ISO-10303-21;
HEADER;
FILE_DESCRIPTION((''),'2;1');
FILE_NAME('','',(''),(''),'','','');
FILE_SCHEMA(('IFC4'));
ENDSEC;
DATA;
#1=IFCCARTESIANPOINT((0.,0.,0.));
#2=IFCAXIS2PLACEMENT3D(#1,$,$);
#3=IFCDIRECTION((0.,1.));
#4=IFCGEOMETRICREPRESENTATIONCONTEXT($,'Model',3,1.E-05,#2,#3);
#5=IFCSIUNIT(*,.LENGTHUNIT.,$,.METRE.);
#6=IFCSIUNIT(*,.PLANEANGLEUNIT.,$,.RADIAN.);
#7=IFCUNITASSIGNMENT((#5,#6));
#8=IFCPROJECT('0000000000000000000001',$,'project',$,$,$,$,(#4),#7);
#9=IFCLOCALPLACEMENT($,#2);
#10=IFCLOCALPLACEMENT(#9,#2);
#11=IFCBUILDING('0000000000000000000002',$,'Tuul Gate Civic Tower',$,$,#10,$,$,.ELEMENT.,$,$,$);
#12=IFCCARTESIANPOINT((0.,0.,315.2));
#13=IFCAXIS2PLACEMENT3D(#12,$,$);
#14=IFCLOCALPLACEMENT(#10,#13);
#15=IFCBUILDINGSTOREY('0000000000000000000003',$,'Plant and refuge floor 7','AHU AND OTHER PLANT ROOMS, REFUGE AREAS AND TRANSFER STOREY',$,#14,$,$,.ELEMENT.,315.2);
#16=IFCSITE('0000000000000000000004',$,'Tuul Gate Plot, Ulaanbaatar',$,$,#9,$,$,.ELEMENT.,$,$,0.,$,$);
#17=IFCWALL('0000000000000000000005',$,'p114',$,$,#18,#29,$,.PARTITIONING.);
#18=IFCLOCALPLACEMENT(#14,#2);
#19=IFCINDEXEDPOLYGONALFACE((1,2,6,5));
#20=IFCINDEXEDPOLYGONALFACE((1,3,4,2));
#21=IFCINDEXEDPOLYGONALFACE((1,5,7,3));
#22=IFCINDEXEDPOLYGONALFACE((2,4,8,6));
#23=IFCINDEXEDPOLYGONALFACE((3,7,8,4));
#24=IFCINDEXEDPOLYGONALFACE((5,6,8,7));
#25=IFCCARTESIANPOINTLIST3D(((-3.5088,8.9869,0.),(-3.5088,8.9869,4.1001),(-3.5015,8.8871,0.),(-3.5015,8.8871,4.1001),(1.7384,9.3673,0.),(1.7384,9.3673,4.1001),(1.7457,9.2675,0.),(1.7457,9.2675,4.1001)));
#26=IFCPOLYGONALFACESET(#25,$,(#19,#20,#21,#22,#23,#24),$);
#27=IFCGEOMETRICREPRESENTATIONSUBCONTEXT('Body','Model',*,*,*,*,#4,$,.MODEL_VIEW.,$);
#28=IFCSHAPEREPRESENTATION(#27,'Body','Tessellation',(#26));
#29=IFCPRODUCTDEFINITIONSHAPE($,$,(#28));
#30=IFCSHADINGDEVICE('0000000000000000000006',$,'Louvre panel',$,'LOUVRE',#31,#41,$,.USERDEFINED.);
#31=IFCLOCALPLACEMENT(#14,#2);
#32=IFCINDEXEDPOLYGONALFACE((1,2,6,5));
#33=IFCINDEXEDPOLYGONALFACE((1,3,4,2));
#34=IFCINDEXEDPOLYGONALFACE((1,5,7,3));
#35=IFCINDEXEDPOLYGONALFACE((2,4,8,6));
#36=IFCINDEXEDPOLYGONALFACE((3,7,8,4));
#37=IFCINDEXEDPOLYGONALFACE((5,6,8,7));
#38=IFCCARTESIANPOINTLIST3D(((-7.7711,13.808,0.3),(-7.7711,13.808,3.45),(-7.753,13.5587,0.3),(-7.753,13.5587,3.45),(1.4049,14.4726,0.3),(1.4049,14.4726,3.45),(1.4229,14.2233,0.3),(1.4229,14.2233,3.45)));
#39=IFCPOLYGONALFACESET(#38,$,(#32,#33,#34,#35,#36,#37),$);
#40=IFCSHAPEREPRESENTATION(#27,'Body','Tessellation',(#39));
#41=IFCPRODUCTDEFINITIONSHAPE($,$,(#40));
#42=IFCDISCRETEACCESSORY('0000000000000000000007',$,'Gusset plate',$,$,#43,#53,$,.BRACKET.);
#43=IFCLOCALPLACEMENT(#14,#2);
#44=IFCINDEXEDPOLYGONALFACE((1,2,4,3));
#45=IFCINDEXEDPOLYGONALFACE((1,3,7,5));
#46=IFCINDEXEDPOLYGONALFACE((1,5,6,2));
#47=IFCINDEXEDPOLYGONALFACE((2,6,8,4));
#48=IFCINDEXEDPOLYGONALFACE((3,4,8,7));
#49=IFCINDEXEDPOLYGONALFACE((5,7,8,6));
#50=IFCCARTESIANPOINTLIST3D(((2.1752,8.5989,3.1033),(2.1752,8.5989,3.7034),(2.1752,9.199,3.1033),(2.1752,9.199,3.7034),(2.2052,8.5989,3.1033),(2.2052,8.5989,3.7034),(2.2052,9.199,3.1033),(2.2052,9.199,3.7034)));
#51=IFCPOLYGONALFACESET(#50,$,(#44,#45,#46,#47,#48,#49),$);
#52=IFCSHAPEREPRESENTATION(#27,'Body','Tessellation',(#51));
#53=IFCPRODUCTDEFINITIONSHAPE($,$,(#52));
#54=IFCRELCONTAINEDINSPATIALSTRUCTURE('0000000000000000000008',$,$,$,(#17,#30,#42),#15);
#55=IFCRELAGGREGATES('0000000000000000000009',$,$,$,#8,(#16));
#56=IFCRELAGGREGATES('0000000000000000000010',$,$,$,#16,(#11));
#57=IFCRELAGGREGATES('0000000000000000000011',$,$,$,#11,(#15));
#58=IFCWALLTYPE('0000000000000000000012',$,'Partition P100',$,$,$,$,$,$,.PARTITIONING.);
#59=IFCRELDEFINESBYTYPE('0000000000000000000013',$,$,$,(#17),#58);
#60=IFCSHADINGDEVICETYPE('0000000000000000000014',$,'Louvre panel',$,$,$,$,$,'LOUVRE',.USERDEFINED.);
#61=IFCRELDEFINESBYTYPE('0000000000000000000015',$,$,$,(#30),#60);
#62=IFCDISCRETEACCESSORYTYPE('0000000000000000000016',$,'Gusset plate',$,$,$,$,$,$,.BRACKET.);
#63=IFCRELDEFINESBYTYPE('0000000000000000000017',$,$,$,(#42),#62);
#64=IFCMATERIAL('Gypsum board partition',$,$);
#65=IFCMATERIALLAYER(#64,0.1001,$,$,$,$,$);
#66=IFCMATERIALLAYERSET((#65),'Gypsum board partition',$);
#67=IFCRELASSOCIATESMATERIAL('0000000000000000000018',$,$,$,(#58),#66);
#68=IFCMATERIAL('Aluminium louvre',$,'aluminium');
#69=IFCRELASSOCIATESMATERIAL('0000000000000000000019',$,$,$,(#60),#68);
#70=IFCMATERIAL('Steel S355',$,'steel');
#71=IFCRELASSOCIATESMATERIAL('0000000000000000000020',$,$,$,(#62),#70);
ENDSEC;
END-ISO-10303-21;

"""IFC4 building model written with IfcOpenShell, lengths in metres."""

from ifc_helpers import new_model, si_unit, direction, frame, frame_2d, origin, origin_2d, place, context, subcontext, project, spatial, rectangle, extrude, material, layer, layer_set, type_object, element, save


model = new_model("IFC4")

# Units and contexts
model_context = context("Model", 3, precision=1e-05, world=origin(), true_north=direction((0.0, 1.0)))
body_context = subcontext(model_context, "Body", "Model", "MODEL_VIEW")
ifc_project = project(units=[si_unit("LENGTHUNIT", "METRE"), si_unit("PLANEANGLEUNIT", "RADIAN")], contexts=[model_context])

# Site, building, storey
site_placement = place(None, origin())
site = spatial("IfcSite", under=ifc_project, at=site_placement, Name="Tuul Gate Plot, Ulaanbaatar", CompositionType="ELEMENT", RefElevation=0.0)
building_placement = place(site_placement, origin())
building = spatial("IfcBuilding", under=site, at=building_placement, Name="Tuul Gate Civic Tower", CompositionType="ELEMENT")
storey_placement = place(building_placement, frame((0.0, 0.0, 315.2)))
storey = spatial("IfcBuildingStorey", under=building, at=storey_placement, Name="Plant and refuge floor 7", Description="AHU AND OTHER PLANT ROOMS, REFUGE AREAS AND TRANSFER STOREY", CompositionType="ELEMENT", Elevation=315.2)

# Wall
ifc_material_1 = material(Name="Gypsum board partition")
ifc_layer_1 = layer(ifc_material_1, 0.1001)
ifc_layer_set_1 = layer_set([ifc_layer_1], Name="Gypsum board partition")
wall_type_1 = type_object("IfcWallType", Name="Partition P100", PredefinedType="PARTITIONING", material=ifc_layer_set_1)
wall_1_placement = place(storey_placement, frame((1.7419, 9.3174, 0.0), z_axis=(0.0, 0.0, 1.0), x_axis=(-0.997383, -0.072299, 0.0)))
element("IfcWall", 1, at=wall_1_placement, inside=storey, type_object=wall_type_1, Name="p114", PredefinedType="PARTITIONING", context=body_context, shape_type="SweptSolid", body=[
    extrude(rectangle(XDim=5.261, YDim=0.1001, at=frame_2d((2.6304, 0.0))), origin(), (0.0, 0.0, 1.0), 4.1001),
])

# Shading device
ifc_material_2 = material(Name="Aluminium louvre", Category="aluminium")
shading_device_type = type_object("IfcShadingDeviceType", Name="Louvre panel", ElementType="LOUVRE", PredefinedType="USERDEFINED", material=ifc_material_2)
shading_device_placement = place(storey_placement, frame((-3.1741, 14.0156, 0.3), z_axis=(0.0, 0.0, 1.0), x_axis=(-0.072239, 0.997387, 0.0)))
element("IfcShadingDevice", 2, at=shading_device_placement, inside=storey, type_object=shading_device_type, Name="Louvre panel", ObjectType="LOUVRE", PredefinedType="USERDEFINED", context=body_context, shape_type="SweptSolid", body=[
    extrude(rectangle(XDim=0.25, YDim=9.2, at=origin_2d()), origin(), (0.0, 0.0, 1.0), 3.1499),
])

# Discrete accessory
ifc_material_3 = material(Name="Steel S355", Category="steel")
discrete_accessory_type = type_object("IfcDiscreteAccessoryType", Name="Gusset plate", PredefinedType="BRACKET", material=ifc_material_3)
discrete_accessory_placement = place(storey_placement, frame((2.1902, 8.8989, 3.1033), z_axis=(0.0, 0.0, 1.0), x_axis=(0.0, 1.0, 0.0)))
element("IfcDiscreteAccessory", 3, at=discrete_accessory_placement, inside=storey, type_object=discrete_accessory_type, Name="Gusset plate", PredefinedType="BRACKET", context=body_context, shape_type="SweptSolid", body=[
    extrude(rectangle(XDim=0.6001, YDim=0.03, at=origin_2d()), origin(), (0.0, 0.0, 1.0), 0.6001),
])

save(model, "model.ifc")
